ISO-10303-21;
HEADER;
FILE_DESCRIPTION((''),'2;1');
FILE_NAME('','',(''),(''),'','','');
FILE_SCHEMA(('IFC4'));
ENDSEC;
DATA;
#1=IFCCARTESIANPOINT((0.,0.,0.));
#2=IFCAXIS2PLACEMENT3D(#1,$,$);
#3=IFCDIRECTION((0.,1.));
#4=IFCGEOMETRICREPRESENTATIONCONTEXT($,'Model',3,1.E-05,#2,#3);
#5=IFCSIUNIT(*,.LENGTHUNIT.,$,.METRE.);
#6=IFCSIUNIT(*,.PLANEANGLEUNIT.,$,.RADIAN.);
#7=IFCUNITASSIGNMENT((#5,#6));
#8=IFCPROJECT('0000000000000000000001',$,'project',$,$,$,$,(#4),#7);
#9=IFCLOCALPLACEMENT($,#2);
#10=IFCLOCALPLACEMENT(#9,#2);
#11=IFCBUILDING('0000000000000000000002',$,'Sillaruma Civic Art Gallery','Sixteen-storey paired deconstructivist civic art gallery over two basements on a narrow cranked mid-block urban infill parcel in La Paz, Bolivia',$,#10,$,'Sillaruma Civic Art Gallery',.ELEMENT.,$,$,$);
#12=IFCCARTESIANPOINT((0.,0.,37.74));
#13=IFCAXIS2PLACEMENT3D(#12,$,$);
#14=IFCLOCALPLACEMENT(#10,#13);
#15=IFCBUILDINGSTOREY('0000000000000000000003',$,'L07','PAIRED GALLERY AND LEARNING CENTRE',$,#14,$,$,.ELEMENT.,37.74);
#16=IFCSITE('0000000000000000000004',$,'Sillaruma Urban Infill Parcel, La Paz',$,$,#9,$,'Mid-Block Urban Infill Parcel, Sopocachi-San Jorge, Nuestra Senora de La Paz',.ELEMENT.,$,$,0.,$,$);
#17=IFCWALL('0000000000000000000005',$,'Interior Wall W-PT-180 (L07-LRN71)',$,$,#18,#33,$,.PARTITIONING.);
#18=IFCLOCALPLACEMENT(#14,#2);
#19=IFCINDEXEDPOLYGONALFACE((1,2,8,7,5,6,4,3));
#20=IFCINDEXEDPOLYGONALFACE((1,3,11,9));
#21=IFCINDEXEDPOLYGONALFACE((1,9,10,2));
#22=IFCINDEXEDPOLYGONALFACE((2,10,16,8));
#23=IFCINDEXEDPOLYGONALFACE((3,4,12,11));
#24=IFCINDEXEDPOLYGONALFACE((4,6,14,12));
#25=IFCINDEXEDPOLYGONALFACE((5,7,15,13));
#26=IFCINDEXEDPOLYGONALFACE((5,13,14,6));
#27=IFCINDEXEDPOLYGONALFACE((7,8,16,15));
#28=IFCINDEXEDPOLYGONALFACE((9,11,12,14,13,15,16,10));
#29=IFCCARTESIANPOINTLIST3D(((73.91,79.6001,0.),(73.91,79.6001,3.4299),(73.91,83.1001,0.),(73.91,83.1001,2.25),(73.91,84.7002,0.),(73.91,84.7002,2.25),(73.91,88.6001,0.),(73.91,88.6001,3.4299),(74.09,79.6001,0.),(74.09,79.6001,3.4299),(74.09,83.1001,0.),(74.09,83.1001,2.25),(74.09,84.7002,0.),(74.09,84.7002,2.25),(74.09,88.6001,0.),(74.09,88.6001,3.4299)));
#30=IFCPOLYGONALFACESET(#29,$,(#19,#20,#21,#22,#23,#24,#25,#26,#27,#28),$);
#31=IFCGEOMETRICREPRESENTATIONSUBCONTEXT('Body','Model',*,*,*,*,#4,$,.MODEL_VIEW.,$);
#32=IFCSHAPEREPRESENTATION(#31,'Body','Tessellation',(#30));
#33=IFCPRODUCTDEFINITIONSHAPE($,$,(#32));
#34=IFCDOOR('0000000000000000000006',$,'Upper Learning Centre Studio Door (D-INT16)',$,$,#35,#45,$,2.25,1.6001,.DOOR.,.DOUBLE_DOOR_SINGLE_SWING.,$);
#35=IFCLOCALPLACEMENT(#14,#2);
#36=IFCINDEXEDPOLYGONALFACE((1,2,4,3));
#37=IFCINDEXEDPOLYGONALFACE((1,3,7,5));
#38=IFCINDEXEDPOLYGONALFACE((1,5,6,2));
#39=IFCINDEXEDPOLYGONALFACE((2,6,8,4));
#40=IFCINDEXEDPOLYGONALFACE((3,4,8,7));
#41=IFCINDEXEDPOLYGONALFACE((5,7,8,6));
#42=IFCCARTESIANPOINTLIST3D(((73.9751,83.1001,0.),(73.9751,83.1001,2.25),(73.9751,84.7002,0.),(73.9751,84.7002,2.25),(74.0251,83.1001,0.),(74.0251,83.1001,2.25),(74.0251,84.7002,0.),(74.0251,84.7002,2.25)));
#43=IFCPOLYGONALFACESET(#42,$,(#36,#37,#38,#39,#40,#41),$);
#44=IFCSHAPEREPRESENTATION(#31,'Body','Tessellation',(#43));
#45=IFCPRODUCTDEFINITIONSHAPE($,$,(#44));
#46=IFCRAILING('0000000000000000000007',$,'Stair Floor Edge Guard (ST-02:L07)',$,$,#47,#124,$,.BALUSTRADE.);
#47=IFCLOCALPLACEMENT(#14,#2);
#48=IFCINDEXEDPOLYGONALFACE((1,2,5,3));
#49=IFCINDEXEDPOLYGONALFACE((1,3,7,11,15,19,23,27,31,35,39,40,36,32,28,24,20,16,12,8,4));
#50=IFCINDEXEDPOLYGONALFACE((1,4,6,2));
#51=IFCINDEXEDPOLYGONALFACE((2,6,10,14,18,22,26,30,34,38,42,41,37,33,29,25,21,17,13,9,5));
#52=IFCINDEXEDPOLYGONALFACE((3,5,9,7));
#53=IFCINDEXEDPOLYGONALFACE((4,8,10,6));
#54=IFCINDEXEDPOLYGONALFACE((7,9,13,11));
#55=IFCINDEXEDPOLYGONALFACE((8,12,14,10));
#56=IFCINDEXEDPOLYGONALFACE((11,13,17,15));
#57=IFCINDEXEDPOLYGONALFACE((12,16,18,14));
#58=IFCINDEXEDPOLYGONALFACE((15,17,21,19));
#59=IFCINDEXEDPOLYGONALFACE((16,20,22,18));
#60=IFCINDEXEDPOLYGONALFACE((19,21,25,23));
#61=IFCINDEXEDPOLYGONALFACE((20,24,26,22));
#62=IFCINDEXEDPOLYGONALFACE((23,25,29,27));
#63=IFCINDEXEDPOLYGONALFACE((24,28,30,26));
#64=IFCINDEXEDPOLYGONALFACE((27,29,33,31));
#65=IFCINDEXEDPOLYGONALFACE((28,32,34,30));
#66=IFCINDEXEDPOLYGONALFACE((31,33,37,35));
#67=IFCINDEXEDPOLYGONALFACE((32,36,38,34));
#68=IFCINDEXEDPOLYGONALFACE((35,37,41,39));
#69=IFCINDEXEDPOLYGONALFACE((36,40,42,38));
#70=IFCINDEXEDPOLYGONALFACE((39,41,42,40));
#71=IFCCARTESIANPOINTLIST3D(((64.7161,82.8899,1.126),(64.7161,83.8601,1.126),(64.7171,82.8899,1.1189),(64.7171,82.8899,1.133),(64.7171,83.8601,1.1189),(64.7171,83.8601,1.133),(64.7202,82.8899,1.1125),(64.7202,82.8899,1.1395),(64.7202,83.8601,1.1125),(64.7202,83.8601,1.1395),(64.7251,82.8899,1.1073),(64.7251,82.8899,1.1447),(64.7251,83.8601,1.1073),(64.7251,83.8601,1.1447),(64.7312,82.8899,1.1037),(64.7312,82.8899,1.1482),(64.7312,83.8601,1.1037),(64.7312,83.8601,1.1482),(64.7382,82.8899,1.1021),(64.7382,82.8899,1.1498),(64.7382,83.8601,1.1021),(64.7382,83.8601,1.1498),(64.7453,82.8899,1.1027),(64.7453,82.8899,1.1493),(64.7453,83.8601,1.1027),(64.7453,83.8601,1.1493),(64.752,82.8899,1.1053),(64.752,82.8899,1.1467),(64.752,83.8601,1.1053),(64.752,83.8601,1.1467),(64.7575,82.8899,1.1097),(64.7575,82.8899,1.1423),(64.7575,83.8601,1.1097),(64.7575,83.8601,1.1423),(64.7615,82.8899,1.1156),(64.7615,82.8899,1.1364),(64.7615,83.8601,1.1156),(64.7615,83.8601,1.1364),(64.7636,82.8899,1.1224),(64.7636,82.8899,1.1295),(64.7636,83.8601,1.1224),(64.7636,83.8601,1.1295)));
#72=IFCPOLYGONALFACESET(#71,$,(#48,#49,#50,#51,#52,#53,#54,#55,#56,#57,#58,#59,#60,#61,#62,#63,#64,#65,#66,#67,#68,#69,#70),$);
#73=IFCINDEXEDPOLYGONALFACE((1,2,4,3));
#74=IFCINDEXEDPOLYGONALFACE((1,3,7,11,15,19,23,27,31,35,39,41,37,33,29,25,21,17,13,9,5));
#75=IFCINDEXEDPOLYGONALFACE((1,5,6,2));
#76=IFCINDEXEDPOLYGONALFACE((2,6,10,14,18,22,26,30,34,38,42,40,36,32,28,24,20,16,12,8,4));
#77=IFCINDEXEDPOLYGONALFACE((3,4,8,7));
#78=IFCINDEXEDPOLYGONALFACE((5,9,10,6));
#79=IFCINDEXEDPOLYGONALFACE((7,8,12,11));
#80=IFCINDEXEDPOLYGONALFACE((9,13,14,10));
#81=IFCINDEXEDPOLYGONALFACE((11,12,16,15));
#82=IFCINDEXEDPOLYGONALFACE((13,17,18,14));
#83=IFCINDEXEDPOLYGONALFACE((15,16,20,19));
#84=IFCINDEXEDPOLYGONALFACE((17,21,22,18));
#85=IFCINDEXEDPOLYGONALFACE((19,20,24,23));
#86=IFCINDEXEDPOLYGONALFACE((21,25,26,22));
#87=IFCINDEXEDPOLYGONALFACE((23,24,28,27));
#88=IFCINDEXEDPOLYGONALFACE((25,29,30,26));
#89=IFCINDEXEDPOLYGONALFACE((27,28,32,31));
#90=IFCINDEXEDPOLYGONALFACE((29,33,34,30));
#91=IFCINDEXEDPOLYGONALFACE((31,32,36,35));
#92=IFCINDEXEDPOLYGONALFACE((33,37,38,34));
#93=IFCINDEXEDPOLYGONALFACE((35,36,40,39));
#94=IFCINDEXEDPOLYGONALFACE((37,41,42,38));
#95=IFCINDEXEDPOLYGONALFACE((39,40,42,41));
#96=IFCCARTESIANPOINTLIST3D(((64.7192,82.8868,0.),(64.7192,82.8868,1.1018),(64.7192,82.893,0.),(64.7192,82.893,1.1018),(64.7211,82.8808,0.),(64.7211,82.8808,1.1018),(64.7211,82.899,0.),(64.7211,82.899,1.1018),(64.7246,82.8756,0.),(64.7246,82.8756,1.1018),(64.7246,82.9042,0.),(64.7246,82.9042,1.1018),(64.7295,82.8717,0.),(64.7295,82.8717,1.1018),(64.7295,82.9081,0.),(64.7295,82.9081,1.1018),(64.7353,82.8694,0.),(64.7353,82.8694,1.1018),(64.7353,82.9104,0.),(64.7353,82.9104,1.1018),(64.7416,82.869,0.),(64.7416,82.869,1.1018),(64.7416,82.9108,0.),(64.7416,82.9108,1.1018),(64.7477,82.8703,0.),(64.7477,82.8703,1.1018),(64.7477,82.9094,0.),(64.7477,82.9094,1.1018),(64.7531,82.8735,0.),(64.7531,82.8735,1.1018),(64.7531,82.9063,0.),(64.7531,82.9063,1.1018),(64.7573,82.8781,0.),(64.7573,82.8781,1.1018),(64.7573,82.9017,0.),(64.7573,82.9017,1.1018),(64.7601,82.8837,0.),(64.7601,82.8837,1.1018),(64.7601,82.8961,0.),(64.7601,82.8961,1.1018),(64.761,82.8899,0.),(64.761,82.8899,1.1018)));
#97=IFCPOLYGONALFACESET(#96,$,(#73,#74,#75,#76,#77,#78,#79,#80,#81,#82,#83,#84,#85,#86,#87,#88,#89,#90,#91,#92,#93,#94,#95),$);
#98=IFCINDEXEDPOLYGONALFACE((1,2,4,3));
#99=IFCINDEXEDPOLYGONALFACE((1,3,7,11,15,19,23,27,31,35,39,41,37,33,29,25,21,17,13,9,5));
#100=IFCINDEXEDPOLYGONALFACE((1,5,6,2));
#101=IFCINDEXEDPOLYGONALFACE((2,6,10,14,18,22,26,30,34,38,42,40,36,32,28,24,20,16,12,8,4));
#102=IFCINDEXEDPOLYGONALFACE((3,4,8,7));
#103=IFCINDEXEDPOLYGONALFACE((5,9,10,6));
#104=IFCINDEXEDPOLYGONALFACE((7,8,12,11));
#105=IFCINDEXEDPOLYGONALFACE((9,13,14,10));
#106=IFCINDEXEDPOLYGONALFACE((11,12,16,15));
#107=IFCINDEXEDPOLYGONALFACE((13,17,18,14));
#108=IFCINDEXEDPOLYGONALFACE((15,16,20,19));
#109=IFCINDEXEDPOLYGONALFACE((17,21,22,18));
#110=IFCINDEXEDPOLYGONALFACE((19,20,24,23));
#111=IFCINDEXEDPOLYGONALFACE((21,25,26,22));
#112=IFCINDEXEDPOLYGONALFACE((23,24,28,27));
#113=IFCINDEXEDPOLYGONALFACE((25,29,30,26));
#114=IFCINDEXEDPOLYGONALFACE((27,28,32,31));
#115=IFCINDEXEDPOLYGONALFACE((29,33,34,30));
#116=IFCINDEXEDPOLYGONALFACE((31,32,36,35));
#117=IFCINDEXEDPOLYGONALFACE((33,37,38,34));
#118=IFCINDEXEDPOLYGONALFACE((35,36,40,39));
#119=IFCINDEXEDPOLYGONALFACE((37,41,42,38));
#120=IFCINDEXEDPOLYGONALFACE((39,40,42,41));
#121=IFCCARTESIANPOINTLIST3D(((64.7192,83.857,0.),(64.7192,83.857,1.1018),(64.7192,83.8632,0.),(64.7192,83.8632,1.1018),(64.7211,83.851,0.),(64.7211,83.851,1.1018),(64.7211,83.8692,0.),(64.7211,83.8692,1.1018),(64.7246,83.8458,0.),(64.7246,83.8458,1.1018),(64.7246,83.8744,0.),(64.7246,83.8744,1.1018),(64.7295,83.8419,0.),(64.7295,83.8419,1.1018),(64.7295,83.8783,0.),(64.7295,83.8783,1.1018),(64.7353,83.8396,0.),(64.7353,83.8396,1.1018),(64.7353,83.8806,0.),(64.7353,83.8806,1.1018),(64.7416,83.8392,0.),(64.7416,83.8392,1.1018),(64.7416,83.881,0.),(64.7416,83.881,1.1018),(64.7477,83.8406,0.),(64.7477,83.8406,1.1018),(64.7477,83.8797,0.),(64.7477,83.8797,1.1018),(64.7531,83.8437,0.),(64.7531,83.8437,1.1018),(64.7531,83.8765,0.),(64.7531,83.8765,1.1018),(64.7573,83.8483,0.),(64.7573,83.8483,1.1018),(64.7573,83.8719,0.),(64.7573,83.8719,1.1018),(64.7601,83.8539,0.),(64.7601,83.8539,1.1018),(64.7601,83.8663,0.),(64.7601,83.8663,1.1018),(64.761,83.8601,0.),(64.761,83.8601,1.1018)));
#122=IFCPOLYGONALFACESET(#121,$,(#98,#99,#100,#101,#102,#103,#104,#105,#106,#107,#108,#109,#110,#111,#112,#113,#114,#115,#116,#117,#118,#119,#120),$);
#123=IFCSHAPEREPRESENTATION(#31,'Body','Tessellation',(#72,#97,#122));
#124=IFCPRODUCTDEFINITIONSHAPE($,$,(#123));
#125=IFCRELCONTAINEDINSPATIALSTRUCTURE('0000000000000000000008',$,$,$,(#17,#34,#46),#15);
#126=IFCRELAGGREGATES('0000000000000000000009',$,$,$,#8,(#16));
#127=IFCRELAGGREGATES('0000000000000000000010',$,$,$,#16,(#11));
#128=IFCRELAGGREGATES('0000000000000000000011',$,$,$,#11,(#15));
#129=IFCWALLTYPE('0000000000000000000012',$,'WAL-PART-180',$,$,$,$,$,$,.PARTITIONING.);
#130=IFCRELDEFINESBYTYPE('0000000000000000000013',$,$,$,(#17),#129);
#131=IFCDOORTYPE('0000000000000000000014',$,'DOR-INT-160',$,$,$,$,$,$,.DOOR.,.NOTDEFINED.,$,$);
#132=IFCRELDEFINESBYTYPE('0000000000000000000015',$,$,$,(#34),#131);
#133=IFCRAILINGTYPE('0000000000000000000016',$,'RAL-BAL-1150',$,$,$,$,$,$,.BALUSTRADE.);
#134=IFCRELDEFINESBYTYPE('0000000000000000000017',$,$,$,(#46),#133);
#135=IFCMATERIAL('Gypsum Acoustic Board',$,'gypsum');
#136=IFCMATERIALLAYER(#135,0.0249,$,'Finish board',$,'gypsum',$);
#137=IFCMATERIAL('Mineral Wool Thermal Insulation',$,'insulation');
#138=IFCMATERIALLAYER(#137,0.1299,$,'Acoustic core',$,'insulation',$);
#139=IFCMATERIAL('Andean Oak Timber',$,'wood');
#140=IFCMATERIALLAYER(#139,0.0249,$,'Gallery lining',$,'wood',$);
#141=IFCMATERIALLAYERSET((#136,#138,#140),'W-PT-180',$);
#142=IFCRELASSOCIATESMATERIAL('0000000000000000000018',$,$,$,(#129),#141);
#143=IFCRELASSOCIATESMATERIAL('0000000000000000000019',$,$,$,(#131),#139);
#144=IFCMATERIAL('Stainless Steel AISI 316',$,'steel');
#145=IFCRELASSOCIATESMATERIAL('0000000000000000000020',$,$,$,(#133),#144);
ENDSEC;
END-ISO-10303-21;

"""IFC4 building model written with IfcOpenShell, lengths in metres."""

from ifc_helpers import new_model, si_unit, direction, frame, frame_2d, origin, origin_2d, place, context, subcontext, project, spatial, rectangle, circle, extrude, material, layer, layer_set, type_object, element, fill, save


model = new_model("IFC4")

# Units and contexts
model_context = context("Model", 3, precision=1e-05, world=origin(), true_north=direction((0.0, 1.0)))
body_context = subcontext(model_context, "Body", "Model", "MODEL_VIEW")
ifc_project = project(units=[si_unit("LENGTHUNIT", "METRE"), si_unit("PLANEANGLEUNIT", "RADIAN")], contexts=[model_context])

# Site, building, storey
site_placement = place(None, origin())
site = spatial("IfcSite", under=ifc_project, at=site_placement, Name="Sillaruma Urban Infill Parcel, La Paz", LongName="Mid-Block Urban Infill Parcel, Sopocachi-San Jorge, Nuestra Senora de La Paz", CompositionType="ELEMENT", RefElevation=0.0)
building_placement = place(site_placement, origin())
building = spatial("IfcBuilding", under=site, at=building_placement, Name="Sillaruma Civic Art Gallery", Description="Sixteen-storey paired deconstructivist civic art gallery over two basements on a narrow cranked mid-block urban infill parcel in La Paz, Bolivia", LongName="Sillaruma Civic Art Gallery", CompositionType="ELEMENT")
storey_placement = place(building_placement, frame((0.0, 0.0, 37.74)))
storey = spatial("IfcBuildingStorey", under=building, at=storey_placement, Name="L07", Description="PAIRED GALLERY AND LEARNING CENTRE", CompositionType="ELEMENT", Elevation=37.74)

# Wall, opening, door
ifc_material_1 = material(Name="Gypsum Acoustic Board", Category="gypsum")
ifc_layer_1 = layer(ifc_material_1, 0.0249, Name="Finish board", Category="gypsum")
ifc_material_2 = material(Name="Mineral Wool Thermal Insulation", Category="insulation")
ifc_layer_2 = layer(ifc_material_2, 0.1299, Name="Acoustic core", Category="insulation")
ifc_material_3 = material(Name="Andean Oak Timber", Category="wood")
ifc_layer_3 = layer(ifc_material_3, 0.0249, Name="Gallery lining", Category="wood")
ifc_layer_set_1 = layer_set([ifc_layer_1, ifc_layer_2, ifc_layer_3], Name="W-PT-180")
wall_type_1 = type_object("IfcWallType", Name="WAL-PART-180", PredefinedType="PARTITIONING", material=ifc_layer_set_1)
wall_1_placement = place(storey_placement, frame((74.0, 79.6001, 0.0), z_axis=(0.0, 0.0, 1.0), x_axis=(0.0, 1.0, 0.0)))
wall_1 = element("IfcWall", 1, at=wall_1_placement, inside=storey, type_object=wall_type_1, Name="Interior Wall W-PT-180 (L07-LRN71)", PredefinedType="PARTITIONING", context=body_context, shape_type="SweptSolid", body=[
    extrude(rectangle(XDim=9.0, YDim=0.1799, at=frame_2d((4.5, 0.0))), origin(), (0.0, 0.0, 1.0), 3.4299),
])
opening_placement = place(wall_1_placement, frame((3.5, 0.0, 0.0)))
opening = element("IfcOpeningElement", 2, at=opening_placement, cuts=wall_1, PredefinedType="OPENING", context=body_context, shape_type="SweptSolid", body=[
    extrude(rectangle(XDim=1.6001, YDim=2.25, at=frame_2d((0.8, 1.125))), frame((0.0, 0.0999, 0.0), z_axis=(0.0, -1.0, 0.0), x_axis=(1.0, 0.0, 0.0)), (0.0, 0.0, 1.0), 0.2),
])
door_type = type_object("IfcDoorType", Name="DOR-INT-160", OperationType="NOTDEFINED", PredefinedType="DOOR", material=ifc_material_3)
door_placement = place(opening_placement, origin())
door = element("IfcDoor", 3, at=door_placement, inside=storey, type_object=door_type, Name="Upper Learning Centre Studio Door (D-INT16)", OperationType="DOUBLE_DOOR_SINGLE_SWING", OverallHeight=2.25, OverallWidth=1.6001, PredefinedType="DOOR", context=body_context, shape_type="SweptSolid", body=[
    extrude(rectangle(XDim=1.6001, YDim=2.25, at=frame_2d((0.8, 1.125))), frame((0.0, 0.0249, 0.0), z_axis=(0.0, -1.0, 0.0), x_axis=(1.0, 0.0, 0.0)), (0.0, 0.0, 1.0), 0.05),
])
fill(opening, door)

# Railing
ifc_material_4 = material(Name="Stainless Steel AISI 316", Category="steel")
railing_type_1 = type_object("IfcRailingType", Name="RAL-BAL-1150", PredefinedType="BALUSTRADE", material=ifc_material_4)
railing_1_placement = place(storey_placement, frame((64.74, 82.8899, 0.0)))
element("IfcRailing", 4, at=railing_1_placement, inside=storey, type_object=railing_type_1, Name="Stair Floor Edge Guard (ST-02:L07)", PredefinedType="BALUSTRADE", context=body_context, shape_type="SweptSolid", body=[
    extrude(circle(Radius=0.0239, at=origin_2d()), frame((0.0, 0.0, 1.126), z_axis=(0.0, 1.0, 0.0), x_axis=(-1.0, 0.0, 0.0)), (0.0, 0.0, 1.0), 0.9702),
    extrude(circle(Radius=0.021, at=origin_2d()), origin(), (0.0, 0.0, 1.0), 1.1018),
    extrude(circle(Radius=0.021, at=origin_2d()), frame((0.0, 0.9702, 0.0)), (0.0, 0.0, 1.0), 1.1018),
])

save(model, "model.ifc")
